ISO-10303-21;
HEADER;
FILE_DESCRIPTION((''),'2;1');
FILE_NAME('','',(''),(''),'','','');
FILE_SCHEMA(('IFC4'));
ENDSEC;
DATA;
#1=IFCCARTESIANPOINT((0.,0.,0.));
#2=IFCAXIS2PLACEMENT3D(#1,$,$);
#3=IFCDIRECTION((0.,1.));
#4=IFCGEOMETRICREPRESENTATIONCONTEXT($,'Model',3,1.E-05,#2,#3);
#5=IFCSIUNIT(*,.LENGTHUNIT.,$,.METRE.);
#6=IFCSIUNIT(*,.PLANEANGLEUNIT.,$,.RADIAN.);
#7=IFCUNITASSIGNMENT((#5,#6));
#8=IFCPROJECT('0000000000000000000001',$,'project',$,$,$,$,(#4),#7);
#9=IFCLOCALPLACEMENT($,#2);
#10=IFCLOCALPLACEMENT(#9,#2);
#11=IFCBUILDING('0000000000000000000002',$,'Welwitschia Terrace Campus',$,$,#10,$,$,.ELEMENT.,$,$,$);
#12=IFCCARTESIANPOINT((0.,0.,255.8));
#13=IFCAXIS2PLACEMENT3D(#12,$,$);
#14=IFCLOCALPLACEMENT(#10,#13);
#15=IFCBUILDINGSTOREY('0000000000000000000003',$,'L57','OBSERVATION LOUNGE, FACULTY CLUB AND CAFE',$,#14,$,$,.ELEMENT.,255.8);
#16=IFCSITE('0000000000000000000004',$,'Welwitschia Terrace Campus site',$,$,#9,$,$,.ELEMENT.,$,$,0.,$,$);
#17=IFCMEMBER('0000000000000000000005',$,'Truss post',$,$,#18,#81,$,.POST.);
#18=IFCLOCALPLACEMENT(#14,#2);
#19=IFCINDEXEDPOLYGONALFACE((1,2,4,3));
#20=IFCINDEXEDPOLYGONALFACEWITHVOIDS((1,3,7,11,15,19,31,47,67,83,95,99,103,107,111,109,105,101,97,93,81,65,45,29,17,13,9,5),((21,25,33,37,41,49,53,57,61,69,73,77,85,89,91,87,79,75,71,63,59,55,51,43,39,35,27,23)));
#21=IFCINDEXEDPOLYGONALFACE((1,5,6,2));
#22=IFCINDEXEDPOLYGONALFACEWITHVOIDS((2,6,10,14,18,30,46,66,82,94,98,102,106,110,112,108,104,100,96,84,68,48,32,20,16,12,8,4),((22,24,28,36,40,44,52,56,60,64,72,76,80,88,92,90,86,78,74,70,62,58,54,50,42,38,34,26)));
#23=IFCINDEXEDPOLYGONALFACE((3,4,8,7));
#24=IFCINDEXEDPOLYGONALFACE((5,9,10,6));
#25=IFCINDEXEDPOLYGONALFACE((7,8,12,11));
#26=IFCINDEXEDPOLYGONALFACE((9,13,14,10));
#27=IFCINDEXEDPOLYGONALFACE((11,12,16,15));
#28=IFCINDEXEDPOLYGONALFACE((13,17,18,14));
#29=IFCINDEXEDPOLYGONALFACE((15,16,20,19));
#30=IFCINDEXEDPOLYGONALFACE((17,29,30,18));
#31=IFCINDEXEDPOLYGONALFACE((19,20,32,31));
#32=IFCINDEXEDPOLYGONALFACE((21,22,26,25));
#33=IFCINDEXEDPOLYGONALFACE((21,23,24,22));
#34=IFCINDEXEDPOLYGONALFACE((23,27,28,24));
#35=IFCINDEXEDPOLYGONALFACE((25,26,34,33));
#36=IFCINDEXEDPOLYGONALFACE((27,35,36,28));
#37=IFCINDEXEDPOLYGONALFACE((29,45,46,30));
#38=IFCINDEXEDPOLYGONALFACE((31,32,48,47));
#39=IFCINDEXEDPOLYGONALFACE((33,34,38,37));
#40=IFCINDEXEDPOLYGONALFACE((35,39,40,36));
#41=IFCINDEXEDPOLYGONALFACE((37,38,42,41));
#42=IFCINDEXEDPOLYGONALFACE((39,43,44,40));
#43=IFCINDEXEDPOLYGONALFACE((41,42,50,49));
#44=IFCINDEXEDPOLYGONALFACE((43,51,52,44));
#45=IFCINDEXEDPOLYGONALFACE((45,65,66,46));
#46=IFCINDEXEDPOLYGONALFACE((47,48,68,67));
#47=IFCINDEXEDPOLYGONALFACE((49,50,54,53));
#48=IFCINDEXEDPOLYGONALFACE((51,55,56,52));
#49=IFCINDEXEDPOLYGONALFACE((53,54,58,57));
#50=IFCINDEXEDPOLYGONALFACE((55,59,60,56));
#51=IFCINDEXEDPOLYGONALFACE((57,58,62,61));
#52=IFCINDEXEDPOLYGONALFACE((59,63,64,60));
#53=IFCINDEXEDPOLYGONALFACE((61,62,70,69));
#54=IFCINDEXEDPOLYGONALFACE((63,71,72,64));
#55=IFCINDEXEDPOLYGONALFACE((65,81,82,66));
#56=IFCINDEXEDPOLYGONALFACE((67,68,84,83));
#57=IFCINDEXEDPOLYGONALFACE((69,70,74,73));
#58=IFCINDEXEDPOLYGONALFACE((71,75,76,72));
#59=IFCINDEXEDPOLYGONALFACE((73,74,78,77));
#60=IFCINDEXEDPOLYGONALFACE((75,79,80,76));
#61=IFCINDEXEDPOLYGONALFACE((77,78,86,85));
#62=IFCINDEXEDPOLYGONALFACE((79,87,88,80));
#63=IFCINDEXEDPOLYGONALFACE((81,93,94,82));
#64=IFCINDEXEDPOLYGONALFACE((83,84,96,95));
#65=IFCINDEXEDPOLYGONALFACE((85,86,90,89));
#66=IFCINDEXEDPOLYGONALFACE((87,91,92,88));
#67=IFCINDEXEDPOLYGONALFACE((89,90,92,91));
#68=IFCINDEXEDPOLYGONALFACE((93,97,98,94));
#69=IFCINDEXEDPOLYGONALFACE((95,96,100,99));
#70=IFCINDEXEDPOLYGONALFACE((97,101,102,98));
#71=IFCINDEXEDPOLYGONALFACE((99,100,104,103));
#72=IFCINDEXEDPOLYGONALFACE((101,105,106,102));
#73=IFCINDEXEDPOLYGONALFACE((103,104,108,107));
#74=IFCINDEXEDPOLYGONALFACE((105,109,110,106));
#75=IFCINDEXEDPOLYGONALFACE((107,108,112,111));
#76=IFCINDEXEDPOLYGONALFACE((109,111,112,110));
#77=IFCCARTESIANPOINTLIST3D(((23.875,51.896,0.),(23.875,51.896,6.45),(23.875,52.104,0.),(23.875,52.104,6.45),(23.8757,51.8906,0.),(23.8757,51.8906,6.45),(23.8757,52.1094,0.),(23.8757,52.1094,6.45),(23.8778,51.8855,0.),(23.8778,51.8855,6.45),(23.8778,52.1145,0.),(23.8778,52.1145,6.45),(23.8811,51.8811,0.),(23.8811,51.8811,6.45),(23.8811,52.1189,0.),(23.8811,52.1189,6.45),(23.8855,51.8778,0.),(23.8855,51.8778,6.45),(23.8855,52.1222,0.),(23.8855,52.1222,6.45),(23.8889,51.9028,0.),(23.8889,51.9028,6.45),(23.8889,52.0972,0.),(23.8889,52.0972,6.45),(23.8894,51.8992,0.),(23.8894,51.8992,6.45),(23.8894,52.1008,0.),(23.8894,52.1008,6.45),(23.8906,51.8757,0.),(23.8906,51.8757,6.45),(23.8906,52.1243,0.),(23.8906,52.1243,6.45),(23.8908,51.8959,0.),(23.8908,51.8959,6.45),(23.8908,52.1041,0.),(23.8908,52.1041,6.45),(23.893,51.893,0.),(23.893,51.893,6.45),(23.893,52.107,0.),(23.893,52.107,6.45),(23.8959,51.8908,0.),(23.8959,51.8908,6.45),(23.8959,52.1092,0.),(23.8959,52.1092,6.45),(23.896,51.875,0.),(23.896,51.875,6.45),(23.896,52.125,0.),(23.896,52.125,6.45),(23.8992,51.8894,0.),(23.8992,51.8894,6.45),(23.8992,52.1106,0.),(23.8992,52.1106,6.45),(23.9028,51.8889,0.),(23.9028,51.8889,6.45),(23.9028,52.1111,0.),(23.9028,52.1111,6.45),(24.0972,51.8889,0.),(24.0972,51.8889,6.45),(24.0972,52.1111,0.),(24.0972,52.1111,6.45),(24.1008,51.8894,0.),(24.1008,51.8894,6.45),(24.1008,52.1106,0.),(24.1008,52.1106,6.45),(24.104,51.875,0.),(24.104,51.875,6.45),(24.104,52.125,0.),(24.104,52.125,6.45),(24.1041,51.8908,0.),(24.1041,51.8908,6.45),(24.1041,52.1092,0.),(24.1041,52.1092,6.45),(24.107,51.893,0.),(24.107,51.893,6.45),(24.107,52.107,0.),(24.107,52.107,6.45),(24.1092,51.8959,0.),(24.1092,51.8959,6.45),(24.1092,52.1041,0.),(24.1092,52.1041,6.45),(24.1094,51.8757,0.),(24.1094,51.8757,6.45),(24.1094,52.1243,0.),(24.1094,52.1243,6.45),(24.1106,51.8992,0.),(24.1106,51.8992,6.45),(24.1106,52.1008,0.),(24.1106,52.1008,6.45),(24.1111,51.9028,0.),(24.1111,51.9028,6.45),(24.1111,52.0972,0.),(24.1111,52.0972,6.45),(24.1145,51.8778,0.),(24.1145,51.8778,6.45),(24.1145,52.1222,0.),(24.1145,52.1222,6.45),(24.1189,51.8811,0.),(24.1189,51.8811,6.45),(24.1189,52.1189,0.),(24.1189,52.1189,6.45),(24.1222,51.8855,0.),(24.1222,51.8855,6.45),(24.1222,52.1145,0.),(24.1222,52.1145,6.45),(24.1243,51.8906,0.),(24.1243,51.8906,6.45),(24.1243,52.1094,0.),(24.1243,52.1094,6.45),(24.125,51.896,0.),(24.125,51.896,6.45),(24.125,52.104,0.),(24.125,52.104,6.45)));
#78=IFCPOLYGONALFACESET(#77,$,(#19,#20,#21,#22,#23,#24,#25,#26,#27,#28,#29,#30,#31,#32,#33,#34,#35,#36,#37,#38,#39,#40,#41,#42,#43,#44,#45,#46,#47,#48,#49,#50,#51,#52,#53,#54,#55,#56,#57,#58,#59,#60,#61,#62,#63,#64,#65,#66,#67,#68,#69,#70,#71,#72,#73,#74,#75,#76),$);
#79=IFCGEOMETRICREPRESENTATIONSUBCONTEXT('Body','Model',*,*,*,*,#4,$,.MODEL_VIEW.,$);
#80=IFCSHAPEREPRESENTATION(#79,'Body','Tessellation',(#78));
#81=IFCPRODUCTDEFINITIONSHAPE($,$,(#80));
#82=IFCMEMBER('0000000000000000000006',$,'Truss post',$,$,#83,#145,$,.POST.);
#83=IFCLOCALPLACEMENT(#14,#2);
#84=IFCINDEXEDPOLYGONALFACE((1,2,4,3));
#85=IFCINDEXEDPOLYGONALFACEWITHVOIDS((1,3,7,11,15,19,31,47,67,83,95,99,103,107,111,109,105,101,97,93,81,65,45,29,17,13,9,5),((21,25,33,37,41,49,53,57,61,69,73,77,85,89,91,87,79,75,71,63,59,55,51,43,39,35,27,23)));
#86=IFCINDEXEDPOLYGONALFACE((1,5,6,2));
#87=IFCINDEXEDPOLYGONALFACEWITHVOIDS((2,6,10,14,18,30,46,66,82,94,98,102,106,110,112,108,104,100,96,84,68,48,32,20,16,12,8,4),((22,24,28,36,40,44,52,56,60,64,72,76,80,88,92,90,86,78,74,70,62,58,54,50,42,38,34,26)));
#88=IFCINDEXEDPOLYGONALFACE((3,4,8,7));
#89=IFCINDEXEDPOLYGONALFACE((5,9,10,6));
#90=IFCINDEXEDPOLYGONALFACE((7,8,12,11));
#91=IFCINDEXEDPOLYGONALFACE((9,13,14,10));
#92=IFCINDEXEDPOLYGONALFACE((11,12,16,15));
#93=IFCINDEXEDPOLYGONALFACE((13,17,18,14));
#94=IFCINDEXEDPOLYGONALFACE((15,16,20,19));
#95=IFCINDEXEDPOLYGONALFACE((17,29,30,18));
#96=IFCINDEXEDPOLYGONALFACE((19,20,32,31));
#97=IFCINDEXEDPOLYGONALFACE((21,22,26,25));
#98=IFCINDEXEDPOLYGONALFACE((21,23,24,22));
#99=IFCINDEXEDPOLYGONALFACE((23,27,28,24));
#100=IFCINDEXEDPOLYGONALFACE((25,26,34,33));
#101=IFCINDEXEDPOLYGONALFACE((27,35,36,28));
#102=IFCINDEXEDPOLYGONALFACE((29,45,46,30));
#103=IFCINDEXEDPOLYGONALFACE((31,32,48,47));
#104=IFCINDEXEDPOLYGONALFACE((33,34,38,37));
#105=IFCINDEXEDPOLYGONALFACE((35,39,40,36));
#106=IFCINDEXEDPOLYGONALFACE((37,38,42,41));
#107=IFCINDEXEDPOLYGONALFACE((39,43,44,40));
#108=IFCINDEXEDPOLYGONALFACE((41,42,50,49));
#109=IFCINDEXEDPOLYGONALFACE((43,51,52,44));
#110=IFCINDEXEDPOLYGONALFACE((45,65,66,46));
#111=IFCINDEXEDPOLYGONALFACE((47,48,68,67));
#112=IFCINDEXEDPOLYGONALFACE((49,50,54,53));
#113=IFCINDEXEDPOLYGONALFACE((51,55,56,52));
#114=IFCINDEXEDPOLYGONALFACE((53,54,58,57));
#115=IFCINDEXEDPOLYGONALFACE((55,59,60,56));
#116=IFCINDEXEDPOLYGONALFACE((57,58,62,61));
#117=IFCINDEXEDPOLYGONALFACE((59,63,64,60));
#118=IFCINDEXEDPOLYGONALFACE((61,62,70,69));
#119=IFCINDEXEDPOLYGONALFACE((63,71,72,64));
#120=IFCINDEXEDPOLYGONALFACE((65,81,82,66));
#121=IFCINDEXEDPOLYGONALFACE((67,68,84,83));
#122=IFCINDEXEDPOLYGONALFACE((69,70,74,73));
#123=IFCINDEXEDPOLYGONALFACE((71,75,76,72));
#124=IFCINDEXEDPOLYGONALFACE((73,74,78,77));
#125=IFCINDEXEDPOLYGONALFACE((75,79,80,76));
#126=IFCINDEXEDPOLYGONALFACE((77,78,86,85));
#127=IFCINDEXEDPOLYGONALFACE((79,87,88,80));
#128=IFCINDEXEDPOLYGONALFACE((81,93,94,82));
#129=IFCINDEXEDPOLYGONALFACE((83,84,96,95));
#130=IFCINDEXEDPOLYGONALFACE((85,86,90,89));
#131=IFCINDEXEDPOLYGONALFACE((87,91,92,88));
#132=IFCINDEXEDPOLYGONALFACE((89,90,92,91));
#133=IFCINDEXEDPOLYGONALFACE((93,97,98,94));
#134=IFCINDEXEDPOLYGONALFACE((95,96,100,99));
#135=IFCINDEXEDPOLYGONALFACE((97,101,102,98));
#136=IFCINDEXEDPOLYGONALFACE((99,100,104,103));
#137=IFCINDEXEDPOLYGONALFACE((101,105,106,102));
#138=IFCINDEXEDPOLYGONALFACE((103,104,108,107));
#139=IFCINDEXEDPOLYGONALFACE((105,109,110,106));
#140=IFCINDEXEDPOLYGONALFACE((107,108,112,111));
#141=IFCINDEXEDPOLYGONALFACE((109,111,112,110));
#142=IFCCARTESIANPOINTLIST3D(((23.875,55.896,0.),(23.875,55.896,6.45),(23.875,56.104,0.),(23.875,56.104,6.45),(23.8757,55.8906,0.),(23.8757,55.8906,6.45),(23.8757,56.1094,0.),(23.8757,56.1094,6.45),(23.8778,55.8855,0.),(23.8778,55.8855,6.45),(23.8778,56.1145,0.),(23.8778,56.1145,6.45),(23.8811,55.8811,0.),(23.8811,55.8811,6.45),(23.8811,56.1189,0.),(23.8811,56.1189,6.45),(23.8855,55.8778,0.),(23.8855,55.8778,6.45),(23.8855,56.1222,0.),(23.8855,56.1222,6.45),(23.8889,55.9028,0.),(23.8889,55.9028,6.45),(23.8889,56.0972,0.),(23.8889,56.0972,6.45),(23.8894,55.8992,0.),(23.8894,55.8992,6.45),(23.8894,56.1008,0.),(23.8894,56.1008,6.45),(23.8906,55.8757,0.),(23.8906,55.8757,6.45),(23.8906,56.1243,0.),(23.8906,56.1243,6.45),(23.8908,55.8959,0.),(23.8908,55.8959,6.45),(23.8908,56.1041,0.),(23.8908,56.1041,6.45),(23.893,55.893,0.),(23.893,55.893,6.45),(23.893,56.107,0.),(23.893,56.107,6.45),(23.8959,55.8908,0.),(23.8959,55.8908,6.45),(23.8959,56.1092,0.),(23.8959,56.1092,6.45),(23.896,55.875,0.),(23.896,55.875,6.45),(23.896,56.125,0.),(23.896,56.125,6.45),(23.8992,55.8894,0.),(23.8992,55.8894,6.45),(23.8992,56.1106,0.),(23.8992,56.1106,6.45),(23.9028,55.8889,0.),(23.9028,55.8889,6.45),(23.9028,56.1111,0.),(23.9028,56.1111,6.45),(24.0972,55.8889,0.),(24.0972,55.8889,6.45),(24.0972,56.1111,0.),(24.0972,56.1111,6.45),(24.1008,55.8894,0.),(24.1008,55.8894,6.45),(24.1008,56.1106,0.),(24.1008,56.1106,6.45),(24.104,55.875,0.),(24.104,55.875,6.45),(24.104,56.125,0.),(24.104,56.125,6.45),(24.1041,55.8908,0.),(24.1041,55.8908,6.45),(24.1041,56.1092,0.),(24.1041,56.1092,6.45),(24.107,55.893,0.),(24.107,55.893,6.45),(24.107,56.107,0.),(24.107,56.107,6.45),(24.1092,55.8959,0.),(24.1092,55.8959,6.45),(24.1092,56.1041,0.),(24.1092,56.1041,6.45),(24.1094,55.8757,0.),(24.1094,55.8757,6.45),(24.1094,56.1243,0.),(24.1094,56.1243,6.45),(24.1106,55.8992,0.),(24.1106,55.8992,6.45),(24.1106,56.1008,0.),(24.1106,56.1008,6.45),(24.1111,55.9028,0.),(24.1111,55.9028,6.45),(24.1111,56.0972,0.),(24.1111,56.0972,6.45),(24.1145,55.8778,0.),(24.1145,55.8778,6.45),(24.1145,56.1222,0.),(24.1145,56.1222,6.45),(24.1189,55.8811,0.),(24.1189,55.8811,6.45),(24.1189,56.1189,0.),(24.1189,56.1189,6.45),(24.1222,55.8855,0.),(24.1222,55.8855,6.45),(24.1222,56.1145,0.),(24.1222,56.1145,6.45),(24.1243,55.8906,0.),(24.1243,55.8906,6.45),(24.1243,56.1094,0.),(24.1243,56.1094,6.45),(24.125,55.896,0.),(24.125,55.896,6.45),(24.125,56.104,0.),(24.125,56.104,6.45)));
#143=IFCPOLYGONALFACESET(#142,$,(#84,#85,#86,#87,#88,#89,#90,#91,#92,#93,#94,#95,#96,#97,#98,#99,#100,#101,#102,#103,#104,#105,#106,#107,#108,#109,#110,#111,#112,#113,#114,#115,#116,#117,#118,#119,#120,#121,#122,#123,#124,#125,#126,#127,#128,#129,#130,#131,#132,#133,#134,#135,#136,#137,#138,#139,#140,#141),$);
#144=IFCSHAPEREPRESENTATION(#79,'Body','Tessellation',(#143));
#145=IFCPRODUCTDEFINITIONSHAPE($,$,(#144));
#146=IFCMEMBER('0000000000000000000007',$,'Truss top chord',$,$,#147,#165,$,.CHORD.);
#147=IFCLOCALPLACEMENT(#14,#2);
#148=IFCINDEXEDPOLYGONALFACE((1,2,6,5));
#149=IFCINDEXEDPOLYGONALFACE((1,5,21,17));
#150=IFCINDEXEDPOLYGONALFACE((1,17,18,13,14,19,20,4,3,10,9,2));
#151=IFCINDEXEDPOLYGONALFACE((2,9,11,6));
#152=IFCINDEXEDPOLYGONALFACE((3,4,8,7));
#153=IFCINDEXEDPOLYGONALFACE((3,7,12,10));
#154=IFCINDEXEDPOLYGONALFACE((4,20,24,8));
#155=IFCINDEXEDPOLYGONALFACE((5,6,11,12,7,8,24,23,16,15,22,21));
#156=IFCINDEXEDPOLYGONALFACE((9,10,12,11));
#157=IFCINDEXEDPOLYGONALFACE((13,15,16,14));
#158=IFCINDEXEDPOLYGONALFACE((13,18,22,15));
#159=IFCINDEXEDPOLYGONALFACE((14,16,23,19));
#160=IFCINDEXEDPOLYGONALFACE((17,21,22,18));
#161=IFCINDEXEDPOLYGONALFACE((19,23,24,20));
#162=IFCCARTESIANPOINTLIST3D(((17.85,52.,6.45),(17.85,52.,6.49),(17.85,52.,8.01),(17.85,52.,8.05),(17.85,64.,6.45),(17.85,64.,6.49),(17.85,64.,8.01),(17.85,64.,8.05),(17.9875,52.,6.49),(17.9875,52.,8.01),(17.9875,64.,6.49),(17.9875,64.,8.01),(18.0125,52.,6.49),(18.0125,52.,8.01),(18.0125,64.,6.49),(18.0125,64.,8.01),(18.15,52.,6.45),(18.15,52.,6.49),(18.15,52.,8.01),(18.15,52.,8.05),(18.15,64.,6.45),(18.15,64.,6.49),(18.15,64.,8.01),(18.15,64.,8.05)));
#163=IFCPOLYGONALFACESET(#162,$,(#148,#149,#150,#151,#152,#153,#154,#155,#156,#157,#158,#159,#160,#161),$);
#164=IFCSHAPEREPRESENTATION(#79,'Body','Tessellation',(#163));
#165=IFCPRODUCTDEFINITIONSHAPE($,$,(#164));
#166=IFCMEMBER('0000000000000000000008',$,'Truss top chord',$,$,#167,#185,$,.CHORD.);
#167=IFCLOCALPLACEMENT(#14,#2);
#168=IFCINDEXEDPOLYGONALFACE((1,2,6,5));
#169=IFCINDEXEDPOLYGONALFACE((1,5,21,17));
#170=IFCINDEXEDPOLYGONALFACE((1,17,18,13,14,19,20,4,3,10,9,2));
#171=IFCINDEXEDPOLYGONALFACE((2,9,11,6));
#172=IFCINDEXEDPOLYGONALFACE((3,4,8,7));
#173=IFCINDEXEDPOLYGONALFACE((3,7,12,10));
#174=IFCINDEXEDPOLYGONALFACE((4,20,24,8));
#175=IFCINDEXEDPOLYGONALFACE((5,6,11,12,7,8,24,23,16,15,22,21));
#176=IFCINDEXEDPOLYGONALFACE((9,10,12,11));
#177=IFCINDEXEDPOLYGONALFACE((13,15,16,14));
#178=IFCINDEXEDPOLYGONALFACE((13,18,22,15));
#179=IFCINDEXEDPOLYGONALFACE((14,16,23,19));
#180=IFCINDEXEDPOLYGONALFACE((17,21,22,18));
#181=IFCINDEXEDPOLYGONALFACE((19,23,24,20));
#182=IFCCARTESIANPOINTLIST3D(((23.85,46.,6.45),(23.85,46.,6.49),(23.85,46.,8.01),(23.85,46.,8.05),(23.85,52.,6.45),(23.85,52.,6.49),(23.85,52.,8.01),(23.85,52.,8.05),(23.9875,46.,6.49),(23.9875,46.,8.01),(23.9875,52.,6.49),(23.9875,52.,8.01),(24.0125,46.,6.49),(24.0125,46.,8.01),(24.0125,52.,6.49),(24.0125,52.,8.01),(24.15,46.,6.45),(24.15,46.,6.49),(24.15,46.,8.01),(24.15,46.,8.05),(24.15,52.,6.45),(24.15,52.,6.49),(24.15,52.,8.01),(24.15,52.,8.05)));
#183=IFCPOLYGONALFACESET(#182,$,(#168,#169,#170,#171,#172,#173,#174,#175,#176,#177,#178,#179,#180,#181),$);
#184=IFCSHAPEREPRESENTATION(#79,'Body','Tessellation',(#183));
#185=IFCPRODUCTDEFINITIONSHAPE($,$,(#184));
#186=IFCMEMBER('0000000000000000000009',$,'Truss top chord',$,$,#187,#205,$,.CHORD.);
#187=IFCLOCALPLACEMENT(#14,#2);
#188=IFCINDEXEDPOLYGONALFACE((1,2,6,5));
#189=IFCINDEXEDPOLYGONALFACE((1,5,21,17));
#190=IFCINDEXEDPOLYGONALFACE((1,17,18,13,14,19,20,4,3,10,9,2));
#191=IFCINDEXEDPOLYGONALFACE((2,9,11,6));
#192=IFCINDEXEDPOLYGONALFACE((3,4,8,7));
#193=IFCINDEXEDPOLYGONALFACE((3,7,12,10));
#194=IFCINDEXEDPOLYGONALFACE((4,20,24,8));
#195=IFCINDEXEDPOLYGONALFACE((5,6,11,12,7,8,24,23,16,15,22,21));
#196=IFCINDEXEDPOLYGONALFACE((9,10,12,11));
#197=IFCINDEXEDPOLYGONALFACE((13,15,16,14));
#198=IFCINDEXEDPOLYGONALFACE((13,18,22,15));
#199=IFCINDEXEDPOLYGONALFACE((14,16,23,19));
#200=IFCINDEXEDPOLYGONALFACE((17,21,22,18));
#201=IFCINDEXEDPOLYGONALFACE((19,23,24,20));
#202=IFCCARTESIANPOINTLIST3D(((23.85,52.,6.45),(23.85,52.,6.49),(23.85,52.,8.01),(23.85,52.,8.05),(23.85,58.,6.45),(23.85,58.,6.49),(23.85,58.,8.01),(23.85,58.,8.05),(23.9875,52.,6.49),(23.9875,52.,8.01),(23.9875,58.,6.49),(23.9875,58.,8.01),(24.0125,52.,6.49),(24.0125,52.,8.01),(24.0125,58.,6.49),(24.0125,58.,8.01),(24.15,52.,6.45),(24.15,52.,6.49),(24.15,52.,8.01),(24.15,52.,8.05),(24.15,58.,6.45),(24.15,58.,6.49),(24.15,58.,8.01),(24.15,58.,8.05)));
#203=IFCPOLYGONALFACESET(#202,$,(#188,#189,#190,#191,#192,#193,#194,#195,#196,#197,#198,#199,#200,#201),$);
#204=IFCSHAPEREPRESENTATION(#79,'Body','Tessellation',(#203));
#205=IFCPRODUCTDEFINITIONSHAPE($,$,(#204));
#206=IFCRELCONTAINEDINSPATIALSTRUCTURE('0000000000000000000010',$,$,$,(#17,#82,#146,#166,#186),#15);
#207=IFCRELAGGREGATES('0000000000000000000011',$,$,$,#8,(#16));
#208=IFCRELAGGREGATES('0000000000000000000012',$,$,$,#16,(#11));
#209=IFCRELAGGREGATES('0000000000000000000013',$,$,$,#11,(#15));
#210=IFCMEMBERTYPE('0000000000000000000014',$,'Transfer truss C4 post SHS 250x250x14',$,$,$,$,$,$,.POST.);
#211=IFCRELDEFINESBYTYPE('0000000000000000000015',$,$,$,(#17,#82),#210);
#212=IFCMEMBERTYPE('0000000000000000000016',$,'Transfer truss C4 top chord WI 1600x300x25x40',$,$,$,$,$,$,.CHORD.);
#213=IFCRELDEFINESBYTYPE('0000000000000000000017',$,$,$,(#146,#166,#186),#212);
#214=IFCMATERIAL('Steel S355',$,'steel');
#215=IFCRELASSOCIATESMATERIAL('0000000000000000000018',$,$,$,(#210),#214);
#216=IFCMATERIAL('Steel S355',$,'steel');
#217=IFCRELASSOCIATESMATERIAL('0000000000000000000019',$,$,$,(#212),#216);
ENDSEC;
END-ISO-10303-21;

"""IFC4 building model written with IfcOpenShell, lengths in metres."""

from ifc_helpers import new_model, si_unit, direction, frame, origin, origin_2d, place, context, subcontext, project, spatial, hollow_rectangle, i_section, extrude, material, material_profile, profile_set, type_object, element, save


model = new_model("IFC4")

# Units and contexts
model_context = context("Model", 3, precision=1e-05, world=origin(), true_north=direction((0.0, 1.0)))
body_context = subcontext(model_context, "Body", "Model", "MODEL_VIEW")
ifc_project = project(units=[si_unit("LENGTHUNIT", "METRE"), si_unit("PLANEANGLEUNIT", "RADIAN")], contexts=[model_context])

# Site, building, storey
site_placement = place(None, origin())
site = spatial("IfcSite", under=ifc_project, at=site_placement, Name="Welwitschia Terrace Campus site", CompositionType="ELEMENT", RefElevation=0.0)
building_placement = place(site_placement, origin())
building = spatial("IfcBuilding", under=site, at=building_placement, Name="Welwitschia Terrace Campus", CompositionType="ELEMENT")
storey_placement = place(building_placement, frame((0.0, 0.0, 255.8)))
storey = spatial("IfcBuildingStorey", under=building, at=storey_placement, Name="L57", Description="OBSERVATION LOUNGE, FACULTY CLUB AND CAFE", CompositionType="ELEMENT", Elevation=255.8)

# Members
ifc_material_1 = material(Name="Steel S355", Category="steel")
ifc_material_profile_1 = material_profile(ifc_material_1, hollow_rectangle(XDim=0.25, YDim=0.25, WallThickness=0.0139, InnerFilletRadius=0.0139, OuterFilletRadius=0.021, at=origin_2d()))
ifc_profile_set_1 = profile_set([ifc_material_profile_1], Name="Steel S355")
member_type_1 = type_object("IfcMemberType", Name="Transfer truss C4 post SHS 250x250x14", PredefinedType="POST", material=ifc_profile_set_1)
for number, where, z_axis, x_axis, name in (
    (1, (24.0, 52.0, 0.0), (0.0, 0.0, 1.0), (1.0, 0.0, 0.0), "Truss post"),
    (2, (24.0, 56.0, 0.0), (0.0, 0.0, 1.0), (1.0, 0.0, 0.0), "Truss post"),
):
    element("IfcMember", number, at=place(storey_placement, frame(where, z_axis=z_axis, x_axis=x_axis)), inside=storey, type_object=member_type_1, Name=name, PredefinedType="POST", context=body_context, shape_type="SweptSolid", body=[
        extrude(hollow_rectangle(XDim=0.25, YDim=0.25, WallThickness=0.0139, InnerFilletRadius=0.0139, OuterFilletRadius=0.021, at=origin_2d()), origin(), (0.0, 0.0, 1.0), 6.45),
    ])
ifc_material_2 = material(Name="Steel S355", Category="steel")
ifc_material_profile_2 = material_profile(ifc_material_2, i_section(OverallWidth=0.3, OverallDepth=1.6001, WebThickness=0.0249, FlangeThickness=0.04, at=origin_2d()))
ifc_profile_set_2 = profile_set([ifc_material_profile_2], Name="Steel S355")
member_type_2 = type_object("IfcMemberType", Name="Transfer truss C4 top chord WI 1600x300x25x40", PredefinedType="CHORD", material=ifc_profile_set_2)
member_1_placement = place(storey_placement, frame((18.0, 52.0, 7.25), z_axis=(0.0, 1.0, 0.0), x_axis=(-1.0, 0.0, 0.0)))
element("IfcMember", 3, at=member_1_placement, inside=storey, type_object=member_type_2, Name="Truss top chord", PredefinedType="CHORD", context=body_context, shape_type="SweptSolid", body=[
    extrude(i_section(OverallWidth=0.3, OverallDepth=1.6001, WebThickness=0.0249, FlangeThickness=0.04, at=origin_2d()), origin(), (0.0, 0.0, 1.0), 12.0),
])
for number, where, z_axis, x_axis, name in (
    (4, (24.0, 46.0, 7.25), (0.0, 1.0, 0.0), (-1.0, 0.0, 0.0), "Truss top chord"),
    (5, (24.0, 52.0, 7.25), (0.0, 1.0, 0.0), (-1.0, 0.0, 0.0), "Truss top chord"),
):
    element("IfcMember", number, at=place(storey_placement, frame(where, z_axis=z_axis, x_axis=x_axis)), inside=storey, type_object=member_type_2, Name=name, PredefinedType="CHORD", context=body_context, shape_type="SweptSolid", body=[
        extrude(i_section(OverallWidth=0.3, OverallDepth=1.6001, WebThickness=0.0249, FlangeThickness=0.04, at=origin_2d()), origin(), (0.0, 0.0, 1.0), 6.0),
    ])

save(model, "model.ifc")
